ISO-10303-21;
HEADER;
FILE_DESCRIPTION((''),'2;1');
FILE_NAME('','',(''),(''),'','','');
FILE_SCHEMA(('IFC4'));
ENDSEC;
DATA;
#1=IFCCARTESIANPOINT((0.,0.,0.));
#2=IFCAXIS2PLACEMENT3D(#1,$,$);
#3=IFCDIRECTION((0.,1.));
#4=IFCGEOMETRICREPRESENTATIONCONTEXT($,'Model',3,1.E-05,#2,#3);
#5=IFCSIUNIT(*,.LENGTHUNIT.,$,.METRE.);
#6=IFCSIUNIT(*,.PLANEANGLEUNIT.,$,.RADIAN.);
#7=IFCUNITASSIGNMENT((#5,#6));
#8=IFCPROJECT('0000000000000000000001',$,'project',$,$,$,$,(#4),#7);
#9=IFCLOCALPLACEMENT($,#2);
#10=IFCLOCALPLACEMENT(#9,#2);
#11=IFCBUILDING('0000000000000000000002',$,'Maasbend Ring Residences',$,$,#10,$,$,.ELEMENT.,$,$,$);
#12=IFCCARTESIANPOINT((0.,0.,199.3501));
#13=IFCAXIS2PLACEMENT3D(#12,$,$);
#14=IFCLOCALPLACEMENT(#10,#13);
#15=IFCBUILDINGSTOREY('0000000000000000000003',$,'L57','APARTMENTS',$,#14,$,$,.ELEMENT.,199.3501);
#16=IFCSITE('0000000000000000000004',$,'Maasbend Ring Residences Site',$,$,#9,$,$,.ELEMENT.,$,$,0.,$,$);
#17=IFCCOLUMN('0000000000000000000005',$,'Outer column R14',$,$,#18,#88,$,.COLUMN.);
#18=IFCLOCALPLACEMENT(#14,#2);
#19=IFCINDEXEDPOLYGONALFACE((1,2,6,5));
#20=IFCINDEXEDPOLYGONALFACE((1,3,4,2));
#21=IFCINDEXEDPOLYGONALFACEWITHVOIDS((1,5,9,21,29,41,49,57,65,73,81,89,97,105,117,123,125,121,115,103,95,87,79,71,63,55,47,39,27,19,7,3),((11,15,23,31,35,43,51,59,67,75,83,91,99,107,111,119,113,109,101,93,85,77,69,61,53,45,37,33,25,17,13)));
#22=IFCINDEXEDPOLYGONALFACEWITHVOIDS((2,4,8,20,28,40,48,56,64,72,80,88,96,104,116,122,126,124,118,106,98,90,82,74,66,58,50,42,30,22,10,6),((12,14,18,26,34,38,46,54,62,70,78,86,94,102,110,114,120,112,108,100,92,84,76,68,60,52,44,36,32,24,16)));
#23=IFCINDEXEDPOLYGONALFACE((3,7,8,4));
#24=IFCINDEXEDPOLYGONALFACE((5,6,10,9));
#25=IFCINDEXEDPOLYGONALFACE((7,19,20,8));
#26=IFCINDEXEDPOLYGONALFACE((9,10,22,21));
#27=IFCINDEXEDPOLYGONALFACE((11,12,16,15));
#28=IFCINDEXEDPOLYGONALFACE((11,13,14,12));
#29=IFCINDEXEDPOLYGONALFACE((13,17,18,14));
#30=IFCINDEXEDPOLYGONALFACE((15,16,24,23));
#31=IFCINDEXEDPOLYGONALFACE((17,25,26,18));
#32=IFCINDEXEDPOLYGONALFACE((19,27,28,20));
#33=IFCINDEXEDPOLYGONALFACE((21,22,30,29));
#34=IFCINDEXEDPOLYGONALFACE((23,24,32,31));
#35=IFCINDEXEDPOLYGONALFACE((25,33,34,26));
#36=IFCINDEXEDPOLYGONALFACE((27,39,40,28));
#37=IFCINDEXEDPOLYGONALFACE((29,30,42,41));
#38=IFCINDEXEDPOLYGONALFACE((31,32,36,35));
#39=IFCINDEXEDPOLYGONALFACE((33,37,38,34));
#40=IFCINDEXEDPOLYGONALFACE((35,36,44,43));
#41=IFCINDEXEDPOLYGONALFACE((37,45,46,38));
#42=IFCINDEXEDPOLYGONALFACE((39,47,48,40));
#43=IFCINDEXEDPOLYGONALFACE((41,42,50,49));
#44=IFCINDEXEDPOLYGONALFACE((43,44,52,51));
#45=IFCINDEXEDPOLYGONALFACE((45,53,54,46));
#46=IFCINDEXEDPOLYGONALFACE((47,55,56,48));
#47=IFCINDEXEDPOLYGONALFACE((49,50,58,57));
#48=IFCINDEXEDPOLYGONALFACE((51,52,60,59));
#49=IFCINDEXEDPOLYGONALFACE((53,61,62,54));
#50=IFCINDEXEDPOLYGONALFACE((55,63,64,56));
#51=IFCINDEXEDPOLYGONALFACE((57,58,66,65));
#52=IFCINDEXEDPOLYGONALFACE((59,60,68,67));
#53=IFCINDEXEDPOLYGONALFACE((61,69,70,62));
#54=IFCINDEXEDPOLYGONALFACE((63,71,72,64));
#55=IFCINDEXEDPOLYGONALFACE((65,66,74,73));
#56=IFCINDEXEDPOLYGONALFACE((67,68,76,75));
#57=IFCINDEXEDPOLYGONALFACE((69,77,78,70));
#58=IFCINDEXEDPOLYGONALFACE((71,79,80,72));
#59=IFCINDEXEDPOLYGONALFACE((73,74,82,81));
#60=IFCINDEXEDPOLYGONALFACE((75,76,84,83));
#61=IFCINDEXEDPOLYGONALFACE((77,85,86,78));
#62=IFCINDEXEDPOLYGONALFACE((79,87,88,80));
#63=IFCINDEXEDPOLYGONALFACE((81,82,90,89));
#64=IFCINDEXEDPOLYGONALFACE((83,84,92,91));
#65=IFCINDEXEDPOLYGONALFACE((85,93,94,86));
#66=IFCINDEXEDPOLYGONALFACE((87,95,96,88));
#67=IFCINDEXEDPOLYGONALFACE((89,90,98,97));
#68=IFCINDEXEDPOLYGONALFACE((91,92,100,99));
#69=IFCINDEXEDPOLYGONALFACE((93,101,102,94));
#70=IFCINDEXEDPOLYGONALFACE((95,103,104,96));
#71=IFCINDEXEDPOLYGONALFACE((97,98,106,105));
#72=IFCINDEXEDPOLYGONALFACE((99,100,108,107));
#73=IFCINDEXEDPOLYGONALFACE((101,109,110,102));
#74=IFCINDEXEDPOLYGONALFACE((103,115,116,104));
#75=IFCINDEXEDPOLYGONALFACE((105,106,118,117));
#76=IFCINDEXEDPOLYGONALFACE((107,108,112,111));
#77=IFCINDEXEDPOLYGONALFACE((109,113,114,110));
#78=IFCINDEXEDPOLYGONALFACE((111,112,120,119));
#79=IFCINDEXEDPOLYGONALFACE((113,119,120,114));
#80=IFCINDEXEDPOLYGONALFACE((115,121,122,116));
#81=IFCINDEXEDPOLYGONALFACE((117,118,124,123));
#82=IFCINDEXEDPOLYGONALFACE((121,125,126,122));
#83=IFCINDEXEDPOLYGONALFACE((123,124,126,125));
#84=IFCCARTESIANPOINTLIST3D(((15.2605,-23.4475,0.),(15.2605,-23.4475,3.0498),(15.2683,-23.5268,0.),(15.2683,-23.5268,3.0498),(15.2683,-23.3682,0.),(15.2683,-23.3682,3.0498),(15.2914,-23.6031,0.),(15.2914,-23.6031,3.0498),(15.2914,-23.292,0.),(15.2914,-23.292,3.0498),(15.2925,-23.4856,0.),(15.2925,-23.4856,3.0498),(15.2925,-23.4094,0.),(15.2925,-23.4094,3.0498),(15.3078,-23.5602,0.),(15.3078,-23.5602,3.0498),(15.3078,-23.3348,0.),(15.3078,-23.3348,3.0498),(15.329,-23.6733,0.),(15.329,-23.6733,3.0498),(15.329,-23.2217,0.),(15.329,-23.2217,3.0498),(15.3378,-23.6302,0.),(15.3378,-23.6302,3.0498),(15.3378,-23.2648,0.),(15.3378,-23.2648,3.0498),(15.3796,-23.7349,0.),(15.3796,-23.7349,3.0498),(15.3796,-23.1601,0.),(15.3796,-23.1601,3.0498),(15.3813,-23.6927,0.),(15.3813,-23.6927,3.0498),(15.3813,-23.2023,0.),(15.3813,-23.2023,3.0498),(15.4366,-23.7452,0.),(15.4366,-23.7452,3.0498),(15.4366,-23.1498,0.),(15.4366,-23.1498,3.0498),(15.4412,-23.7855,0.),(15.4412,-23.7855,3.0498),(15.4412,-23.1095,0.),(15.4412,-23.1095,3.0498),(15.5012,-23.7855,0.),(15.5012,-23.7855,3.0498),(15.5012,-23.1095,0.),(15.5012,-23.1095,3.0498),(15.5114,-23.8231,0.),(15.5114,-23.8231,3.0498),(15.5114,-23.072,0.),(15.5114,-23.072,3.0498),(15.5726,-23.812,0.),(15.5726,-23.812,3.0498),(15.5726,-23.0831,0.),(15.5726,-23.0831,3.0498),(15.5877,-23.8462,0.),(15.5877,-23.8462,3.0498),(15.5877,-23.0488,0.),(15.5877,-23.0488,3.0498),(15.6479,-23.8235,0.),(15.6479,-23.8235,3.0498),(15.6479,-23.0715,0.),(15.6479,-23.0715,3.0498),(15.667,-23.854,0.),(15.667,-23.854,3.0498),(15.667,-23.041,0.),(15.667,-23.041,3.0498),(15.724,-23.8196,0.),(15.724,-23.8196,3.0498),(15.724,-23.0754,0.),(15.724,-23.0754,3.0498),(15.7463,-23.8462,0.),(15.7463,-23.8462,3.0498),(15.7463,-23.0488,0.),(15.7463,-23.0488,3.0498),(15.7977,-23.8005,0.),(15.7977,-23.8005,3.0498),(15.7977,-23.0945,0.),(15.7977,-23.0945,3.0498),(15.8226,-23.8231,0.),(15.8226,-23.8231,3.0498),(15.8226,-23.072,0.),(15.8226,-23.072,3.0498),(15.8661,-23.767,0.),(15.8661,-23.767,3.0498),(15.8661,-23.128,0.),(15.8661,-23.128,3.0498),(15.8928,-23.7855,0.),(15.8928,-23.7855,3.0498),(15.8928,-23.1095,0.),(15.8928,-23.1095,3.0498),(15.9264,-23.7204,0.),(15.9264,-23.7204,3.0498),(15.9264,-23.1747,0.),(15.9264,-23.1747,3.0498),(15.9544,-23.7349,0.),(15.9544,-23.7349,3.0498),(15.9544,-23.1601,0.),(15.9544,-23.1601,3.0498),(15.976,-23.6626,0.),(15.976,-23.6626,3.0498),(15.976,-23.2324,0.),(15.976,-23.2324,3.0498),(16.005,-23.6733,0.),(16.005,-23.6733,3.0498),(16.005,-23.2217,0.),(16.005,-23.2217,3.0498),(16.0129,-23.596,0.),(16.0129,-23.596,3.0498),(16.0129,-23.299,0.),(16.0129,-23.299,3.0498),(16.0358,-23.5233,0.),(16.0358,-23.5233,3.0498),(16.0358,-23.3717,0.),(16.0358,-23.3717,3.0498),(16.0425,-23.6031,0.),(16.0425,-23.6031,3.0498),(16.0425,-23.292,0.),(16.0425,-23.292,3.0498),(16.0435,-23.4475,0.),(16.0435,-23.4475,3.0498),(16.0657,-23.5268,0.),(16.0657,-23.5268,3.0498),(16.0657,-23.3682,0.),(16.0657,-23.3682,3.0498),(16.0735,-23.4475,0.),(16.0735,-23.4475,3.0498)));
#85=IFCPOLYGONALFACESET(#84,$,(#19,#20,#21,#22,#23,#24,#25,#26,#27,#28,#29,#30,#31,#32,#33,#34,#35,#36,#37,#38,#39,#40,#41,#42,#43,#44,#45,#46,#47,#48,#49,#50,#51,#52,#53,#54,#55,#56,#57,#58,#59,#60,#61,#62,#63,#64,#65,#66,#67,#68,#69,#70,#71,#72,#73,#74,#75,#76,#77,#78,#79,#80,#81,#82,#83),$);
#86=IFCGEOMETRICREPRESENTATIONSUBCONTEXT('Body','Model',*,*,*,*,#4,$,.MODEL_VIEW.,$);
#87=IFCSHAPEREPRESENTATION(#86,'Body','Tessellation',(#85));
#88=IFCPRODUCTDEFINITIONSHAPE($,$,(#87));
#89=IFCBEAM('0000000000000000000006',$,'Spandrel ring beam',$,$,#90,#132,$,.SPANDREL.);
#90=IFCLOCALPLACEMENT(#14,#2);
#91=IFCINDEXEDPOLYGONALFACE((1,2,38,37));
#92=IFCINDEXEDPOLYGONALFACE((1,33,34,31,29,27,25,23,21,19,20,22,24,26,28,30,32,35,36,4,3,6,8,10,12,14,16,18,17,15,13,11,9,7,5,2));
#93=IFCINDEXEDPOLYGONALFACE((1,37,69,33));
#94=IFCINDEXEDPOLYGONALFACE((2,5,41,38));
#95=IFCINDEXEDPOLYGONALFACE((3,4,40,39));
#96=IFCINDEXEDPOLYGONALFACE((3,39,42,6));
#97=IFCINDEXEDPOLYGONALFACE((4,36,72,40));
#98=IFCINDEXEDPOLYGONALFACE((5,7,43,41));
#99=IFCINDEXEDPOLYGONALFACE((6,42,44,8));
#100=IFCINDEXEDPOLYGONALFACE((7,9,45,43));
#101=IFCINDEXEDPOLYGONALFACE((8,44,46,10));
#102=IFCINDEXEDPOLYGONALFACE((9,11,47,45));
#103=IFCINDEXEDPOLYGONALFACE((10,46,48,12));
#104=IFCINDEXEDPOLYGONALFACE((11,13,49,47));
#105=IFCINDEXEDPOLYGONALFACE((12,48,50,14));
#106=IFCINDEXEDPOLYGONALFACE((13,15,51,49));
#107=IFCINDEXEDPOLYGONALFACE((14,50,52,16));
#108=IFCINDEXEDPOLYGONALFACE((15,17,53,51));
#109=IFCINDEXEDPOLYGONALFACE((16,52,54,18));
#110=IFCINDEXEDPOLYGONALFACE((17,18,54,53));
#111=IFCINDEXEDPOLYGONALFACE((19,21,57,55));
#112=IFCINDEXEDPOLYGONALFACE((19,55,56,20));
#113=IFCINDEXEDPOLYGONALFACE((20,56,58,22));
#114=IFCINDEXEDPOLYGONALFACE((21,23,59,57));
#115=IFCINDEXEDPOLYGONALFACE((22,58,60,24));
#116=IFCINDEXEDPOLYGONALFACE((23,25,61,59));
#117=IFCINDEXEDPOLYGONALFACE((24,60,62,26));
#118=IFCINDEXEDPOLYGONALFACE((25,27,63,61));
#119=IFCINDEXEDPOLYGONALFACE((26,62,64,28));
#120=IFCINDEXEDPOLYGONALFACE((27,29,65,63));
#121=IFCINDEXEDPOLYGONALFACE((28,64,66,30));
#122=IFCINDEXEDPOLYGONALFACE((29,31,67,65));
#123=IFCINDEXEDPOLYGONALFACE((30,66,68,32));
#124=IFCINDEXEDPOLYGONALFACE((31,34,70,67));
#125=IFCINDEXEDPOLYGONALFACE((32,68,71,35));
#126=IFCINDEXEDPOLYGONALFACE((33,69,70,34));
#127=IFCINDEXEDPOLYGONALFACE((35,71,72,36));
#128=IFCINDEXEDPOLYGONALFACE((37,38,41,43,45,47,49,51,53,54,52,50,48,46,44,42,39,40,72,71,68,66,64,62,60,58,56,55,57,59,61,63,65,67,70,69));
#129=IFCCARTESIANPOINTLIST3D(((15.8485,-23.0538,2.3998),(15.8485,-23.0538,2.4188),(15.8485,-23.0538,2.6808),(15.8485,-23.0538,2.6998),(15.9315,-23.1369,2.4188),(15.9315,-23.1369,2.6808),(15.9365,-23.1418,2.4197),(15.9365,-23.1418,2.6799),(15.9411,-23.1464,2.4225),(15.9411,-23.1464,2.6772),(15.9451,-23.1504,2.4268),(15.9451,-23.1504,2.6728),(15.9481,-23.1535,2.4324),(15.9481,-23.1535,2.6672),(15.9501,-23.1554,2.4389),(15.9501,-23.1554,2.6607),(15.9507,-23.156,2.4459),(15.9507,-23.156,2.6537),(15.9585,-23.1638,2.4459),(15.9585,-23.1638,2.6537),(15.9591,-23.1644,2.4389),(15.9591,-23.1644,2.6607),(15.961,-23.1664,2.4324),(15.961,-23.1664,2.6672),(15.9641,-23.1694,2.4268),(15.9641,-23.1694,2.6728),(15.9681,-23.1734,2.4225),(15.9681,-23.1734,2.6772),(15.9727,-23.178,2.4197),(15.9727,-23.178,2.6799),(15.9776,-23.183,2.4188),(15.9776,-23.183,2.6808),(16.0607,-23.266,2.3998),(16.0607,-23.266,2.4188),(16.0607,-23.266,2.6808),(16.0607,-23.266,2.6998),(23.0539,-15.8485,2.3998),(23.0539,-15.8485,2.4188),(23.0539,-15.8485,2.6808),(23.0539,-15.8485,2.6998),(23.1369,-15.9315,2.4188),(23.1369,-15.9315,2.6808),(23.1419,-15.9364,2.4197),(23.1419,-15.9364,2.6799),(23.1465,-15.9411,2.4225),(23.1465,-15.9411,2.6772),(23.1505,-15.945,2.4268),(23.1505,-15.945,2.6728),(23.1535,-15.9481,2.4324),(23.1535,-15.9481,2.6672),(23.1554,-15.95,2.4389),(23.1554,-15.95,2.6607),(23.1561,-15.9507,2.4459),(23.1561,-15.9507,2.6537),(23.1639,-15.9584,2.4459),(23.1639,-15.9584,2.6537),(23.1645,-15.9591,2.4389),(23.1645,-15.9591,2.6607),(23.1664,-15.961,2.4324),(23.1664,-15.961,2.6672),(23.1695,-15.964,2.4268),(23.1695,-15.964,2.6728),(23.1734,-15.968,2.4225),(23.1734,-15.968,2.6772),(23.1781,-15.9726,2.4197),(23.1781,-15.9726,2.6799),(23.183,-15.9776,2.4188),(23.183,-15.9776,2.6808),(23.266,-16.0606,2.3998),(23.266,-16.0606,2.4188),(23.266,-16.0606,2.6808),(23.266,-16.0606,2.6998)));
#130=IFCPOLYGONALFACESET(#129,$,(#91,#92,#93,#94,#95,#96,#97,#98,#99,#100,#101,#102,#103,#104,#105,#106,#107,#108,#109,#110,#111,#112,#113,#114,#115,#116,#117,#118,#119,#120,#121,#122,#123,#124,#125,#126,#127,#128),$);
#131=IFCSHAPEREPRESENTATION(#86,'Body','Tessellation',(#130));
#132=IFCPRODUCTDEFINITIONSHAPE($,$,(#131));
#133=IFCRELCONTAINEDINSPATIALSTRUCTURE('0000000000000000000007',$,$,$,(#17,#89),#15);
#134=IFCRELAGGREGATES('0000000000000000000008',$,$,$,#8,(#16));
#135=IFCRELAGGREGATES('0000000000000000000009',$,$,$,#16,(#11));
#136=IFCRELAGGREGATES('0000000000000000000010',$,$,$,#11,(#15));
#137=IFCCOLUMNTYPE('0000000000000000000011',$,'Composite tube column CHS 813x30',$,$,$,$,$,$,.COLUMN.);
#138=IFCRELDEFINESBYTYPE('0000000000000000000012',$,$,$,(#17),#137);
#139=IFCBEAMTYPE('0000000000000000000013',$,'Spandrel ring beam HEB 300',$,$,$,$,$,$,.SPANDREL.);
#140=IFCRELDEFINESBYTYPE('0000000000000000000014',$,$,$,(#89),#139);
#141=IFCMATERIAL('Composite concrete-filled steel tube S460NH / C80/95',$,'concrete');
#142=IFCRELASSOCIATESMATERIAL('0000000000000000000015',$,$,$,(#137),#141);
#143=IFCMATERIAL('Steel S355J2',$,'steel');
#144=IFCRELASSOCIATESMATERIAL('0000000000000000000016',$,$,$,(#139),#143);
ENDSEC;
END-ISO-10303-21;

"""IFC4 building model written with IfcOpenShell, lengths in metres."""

from ifc_helpers import new_model, si_unit, direction, frame, origin, origin_2d, place, context, subcontext, project, spatial, hollow_circle, i_section, extrude, material, material_profile, profile_set, type_object, element, save


model = new_model("IFC4")

# Units and contexts
model_context = context("Model", 3, precision=1e-05, world=origin(), true_north=direction((0.0, 1.0)))
body_context = subcontext(model_context, "Body", "Model", "MODEL_VIEW")
ifc_project = project(units=[si_unit("LENGTHUNIT", "METRE"), si_unit("PLANEANGLEUNIT", "RADIAN")], contexts=[model_context])

# Site, building, storey
site_placement = place(None, origin())
site = spatial("IfcSite", under=ifc_project, at=site_placement, Name="Maasbend Ring Residences Site", CompositionType="ELEMENT", RefElevation=0.0)
building_placement = place(site_placement, origin())
building = spatial("IfcBuilding", under=site, at=building_placement, Name="Maasbend Ring Residences", CompositionType="ELEMENT")
storey_placement = place(building_placement, frame((0.0, 0.0, 199.3501)))
storey = spatial("IfcBuildingStorey", under=building, at=storey_placement, Name="L57", Description="APARTMENTS", CompositionType="ELEMENT", Elevation=199.3501)

# Column
ifc_material_1 = material(Name="Composite concrete-filled steel tube S460NH / C80/95", Category="concrete")
ifc_material_profile_1 = material_profile(ifc_material_1, hollow_circle(Radius=0.4065, WallThickness=0.03, at=origin_2d()), Name="Composite tube column CHS 813x30")
ifc_profile_set_1 = profile_set([ifc_material_profile_1], Name="Composite concrete-filled steel tube S460NH / C80/95")
column_type = type_object("IfcColumnType", Name="Composite tube column CHS 813x30", PredefinedType="COLUMN", material=ifc_profile_set_1)
column_placement = place(storey_placement, frame((15.667, -23.4475, 0.0), z_axis=(0.0, 0.0, 1.0), x_axis=(1.0, 0.0, 0.0)))
element("IfcColumn", 1, at=column_placement, inside=storey, type_object=column_type, Name="Outer column R14", PredefinedType="COLUMN", context=body_context, shape_type="SweptSolid", body=[
    extrude(hollow_circle(Radius=0.4065, WallThickness=0.03, at=origin_2d()), origin(), (0.0, 0.0, 1.0), 3.0498),
])

# Beam
ifc_material_2 = material(Name="Steel S355J2", Category="steel")
ifc_material_profile_2 = material_profile(ifc_material_2, i_section(OverallWidth=0.3, OverallDepth=0.3, WebThickness=0.011, FlangeThickness=0.019, FilletRadius=0.0271, at=origin_2d()), Name="HEB 300")
ifc_profile_set_2 = profile_set([ifc_material_profile_2], Name="Steel S355J2")
beam_type = type_object("IfcBeamType", Name="Spandrel ring beam HEB 300", PredefinedType="SPANDREL", material=ifc_profile_set_2)
beam_placement = place(storey_placement, frame((15.9546, -23.1599, 2.5498), z_axis=(0.707107, 0.707107, 0.0), x_axis=(-0.707107, 0.707107, 0.0)))
element("IfcBeam", 2, at=beam_placement, inside=storey, type_object=beam_type, Name="Spandrel ring beam", PredefinedType="SPANDREL", context=body_context, shape_type="SweptSolid", body=[
    extrude(i_section(OverallWidth=0.3, OverallDepth=0.3, WebThickness=0.011, FlangeThickness=0.019, FilletRadius=0.0271, at=origin_2d()), origin(), (0.0, 0.0, 1.0), 10.1899),
])

save(model, "model.ifc")
